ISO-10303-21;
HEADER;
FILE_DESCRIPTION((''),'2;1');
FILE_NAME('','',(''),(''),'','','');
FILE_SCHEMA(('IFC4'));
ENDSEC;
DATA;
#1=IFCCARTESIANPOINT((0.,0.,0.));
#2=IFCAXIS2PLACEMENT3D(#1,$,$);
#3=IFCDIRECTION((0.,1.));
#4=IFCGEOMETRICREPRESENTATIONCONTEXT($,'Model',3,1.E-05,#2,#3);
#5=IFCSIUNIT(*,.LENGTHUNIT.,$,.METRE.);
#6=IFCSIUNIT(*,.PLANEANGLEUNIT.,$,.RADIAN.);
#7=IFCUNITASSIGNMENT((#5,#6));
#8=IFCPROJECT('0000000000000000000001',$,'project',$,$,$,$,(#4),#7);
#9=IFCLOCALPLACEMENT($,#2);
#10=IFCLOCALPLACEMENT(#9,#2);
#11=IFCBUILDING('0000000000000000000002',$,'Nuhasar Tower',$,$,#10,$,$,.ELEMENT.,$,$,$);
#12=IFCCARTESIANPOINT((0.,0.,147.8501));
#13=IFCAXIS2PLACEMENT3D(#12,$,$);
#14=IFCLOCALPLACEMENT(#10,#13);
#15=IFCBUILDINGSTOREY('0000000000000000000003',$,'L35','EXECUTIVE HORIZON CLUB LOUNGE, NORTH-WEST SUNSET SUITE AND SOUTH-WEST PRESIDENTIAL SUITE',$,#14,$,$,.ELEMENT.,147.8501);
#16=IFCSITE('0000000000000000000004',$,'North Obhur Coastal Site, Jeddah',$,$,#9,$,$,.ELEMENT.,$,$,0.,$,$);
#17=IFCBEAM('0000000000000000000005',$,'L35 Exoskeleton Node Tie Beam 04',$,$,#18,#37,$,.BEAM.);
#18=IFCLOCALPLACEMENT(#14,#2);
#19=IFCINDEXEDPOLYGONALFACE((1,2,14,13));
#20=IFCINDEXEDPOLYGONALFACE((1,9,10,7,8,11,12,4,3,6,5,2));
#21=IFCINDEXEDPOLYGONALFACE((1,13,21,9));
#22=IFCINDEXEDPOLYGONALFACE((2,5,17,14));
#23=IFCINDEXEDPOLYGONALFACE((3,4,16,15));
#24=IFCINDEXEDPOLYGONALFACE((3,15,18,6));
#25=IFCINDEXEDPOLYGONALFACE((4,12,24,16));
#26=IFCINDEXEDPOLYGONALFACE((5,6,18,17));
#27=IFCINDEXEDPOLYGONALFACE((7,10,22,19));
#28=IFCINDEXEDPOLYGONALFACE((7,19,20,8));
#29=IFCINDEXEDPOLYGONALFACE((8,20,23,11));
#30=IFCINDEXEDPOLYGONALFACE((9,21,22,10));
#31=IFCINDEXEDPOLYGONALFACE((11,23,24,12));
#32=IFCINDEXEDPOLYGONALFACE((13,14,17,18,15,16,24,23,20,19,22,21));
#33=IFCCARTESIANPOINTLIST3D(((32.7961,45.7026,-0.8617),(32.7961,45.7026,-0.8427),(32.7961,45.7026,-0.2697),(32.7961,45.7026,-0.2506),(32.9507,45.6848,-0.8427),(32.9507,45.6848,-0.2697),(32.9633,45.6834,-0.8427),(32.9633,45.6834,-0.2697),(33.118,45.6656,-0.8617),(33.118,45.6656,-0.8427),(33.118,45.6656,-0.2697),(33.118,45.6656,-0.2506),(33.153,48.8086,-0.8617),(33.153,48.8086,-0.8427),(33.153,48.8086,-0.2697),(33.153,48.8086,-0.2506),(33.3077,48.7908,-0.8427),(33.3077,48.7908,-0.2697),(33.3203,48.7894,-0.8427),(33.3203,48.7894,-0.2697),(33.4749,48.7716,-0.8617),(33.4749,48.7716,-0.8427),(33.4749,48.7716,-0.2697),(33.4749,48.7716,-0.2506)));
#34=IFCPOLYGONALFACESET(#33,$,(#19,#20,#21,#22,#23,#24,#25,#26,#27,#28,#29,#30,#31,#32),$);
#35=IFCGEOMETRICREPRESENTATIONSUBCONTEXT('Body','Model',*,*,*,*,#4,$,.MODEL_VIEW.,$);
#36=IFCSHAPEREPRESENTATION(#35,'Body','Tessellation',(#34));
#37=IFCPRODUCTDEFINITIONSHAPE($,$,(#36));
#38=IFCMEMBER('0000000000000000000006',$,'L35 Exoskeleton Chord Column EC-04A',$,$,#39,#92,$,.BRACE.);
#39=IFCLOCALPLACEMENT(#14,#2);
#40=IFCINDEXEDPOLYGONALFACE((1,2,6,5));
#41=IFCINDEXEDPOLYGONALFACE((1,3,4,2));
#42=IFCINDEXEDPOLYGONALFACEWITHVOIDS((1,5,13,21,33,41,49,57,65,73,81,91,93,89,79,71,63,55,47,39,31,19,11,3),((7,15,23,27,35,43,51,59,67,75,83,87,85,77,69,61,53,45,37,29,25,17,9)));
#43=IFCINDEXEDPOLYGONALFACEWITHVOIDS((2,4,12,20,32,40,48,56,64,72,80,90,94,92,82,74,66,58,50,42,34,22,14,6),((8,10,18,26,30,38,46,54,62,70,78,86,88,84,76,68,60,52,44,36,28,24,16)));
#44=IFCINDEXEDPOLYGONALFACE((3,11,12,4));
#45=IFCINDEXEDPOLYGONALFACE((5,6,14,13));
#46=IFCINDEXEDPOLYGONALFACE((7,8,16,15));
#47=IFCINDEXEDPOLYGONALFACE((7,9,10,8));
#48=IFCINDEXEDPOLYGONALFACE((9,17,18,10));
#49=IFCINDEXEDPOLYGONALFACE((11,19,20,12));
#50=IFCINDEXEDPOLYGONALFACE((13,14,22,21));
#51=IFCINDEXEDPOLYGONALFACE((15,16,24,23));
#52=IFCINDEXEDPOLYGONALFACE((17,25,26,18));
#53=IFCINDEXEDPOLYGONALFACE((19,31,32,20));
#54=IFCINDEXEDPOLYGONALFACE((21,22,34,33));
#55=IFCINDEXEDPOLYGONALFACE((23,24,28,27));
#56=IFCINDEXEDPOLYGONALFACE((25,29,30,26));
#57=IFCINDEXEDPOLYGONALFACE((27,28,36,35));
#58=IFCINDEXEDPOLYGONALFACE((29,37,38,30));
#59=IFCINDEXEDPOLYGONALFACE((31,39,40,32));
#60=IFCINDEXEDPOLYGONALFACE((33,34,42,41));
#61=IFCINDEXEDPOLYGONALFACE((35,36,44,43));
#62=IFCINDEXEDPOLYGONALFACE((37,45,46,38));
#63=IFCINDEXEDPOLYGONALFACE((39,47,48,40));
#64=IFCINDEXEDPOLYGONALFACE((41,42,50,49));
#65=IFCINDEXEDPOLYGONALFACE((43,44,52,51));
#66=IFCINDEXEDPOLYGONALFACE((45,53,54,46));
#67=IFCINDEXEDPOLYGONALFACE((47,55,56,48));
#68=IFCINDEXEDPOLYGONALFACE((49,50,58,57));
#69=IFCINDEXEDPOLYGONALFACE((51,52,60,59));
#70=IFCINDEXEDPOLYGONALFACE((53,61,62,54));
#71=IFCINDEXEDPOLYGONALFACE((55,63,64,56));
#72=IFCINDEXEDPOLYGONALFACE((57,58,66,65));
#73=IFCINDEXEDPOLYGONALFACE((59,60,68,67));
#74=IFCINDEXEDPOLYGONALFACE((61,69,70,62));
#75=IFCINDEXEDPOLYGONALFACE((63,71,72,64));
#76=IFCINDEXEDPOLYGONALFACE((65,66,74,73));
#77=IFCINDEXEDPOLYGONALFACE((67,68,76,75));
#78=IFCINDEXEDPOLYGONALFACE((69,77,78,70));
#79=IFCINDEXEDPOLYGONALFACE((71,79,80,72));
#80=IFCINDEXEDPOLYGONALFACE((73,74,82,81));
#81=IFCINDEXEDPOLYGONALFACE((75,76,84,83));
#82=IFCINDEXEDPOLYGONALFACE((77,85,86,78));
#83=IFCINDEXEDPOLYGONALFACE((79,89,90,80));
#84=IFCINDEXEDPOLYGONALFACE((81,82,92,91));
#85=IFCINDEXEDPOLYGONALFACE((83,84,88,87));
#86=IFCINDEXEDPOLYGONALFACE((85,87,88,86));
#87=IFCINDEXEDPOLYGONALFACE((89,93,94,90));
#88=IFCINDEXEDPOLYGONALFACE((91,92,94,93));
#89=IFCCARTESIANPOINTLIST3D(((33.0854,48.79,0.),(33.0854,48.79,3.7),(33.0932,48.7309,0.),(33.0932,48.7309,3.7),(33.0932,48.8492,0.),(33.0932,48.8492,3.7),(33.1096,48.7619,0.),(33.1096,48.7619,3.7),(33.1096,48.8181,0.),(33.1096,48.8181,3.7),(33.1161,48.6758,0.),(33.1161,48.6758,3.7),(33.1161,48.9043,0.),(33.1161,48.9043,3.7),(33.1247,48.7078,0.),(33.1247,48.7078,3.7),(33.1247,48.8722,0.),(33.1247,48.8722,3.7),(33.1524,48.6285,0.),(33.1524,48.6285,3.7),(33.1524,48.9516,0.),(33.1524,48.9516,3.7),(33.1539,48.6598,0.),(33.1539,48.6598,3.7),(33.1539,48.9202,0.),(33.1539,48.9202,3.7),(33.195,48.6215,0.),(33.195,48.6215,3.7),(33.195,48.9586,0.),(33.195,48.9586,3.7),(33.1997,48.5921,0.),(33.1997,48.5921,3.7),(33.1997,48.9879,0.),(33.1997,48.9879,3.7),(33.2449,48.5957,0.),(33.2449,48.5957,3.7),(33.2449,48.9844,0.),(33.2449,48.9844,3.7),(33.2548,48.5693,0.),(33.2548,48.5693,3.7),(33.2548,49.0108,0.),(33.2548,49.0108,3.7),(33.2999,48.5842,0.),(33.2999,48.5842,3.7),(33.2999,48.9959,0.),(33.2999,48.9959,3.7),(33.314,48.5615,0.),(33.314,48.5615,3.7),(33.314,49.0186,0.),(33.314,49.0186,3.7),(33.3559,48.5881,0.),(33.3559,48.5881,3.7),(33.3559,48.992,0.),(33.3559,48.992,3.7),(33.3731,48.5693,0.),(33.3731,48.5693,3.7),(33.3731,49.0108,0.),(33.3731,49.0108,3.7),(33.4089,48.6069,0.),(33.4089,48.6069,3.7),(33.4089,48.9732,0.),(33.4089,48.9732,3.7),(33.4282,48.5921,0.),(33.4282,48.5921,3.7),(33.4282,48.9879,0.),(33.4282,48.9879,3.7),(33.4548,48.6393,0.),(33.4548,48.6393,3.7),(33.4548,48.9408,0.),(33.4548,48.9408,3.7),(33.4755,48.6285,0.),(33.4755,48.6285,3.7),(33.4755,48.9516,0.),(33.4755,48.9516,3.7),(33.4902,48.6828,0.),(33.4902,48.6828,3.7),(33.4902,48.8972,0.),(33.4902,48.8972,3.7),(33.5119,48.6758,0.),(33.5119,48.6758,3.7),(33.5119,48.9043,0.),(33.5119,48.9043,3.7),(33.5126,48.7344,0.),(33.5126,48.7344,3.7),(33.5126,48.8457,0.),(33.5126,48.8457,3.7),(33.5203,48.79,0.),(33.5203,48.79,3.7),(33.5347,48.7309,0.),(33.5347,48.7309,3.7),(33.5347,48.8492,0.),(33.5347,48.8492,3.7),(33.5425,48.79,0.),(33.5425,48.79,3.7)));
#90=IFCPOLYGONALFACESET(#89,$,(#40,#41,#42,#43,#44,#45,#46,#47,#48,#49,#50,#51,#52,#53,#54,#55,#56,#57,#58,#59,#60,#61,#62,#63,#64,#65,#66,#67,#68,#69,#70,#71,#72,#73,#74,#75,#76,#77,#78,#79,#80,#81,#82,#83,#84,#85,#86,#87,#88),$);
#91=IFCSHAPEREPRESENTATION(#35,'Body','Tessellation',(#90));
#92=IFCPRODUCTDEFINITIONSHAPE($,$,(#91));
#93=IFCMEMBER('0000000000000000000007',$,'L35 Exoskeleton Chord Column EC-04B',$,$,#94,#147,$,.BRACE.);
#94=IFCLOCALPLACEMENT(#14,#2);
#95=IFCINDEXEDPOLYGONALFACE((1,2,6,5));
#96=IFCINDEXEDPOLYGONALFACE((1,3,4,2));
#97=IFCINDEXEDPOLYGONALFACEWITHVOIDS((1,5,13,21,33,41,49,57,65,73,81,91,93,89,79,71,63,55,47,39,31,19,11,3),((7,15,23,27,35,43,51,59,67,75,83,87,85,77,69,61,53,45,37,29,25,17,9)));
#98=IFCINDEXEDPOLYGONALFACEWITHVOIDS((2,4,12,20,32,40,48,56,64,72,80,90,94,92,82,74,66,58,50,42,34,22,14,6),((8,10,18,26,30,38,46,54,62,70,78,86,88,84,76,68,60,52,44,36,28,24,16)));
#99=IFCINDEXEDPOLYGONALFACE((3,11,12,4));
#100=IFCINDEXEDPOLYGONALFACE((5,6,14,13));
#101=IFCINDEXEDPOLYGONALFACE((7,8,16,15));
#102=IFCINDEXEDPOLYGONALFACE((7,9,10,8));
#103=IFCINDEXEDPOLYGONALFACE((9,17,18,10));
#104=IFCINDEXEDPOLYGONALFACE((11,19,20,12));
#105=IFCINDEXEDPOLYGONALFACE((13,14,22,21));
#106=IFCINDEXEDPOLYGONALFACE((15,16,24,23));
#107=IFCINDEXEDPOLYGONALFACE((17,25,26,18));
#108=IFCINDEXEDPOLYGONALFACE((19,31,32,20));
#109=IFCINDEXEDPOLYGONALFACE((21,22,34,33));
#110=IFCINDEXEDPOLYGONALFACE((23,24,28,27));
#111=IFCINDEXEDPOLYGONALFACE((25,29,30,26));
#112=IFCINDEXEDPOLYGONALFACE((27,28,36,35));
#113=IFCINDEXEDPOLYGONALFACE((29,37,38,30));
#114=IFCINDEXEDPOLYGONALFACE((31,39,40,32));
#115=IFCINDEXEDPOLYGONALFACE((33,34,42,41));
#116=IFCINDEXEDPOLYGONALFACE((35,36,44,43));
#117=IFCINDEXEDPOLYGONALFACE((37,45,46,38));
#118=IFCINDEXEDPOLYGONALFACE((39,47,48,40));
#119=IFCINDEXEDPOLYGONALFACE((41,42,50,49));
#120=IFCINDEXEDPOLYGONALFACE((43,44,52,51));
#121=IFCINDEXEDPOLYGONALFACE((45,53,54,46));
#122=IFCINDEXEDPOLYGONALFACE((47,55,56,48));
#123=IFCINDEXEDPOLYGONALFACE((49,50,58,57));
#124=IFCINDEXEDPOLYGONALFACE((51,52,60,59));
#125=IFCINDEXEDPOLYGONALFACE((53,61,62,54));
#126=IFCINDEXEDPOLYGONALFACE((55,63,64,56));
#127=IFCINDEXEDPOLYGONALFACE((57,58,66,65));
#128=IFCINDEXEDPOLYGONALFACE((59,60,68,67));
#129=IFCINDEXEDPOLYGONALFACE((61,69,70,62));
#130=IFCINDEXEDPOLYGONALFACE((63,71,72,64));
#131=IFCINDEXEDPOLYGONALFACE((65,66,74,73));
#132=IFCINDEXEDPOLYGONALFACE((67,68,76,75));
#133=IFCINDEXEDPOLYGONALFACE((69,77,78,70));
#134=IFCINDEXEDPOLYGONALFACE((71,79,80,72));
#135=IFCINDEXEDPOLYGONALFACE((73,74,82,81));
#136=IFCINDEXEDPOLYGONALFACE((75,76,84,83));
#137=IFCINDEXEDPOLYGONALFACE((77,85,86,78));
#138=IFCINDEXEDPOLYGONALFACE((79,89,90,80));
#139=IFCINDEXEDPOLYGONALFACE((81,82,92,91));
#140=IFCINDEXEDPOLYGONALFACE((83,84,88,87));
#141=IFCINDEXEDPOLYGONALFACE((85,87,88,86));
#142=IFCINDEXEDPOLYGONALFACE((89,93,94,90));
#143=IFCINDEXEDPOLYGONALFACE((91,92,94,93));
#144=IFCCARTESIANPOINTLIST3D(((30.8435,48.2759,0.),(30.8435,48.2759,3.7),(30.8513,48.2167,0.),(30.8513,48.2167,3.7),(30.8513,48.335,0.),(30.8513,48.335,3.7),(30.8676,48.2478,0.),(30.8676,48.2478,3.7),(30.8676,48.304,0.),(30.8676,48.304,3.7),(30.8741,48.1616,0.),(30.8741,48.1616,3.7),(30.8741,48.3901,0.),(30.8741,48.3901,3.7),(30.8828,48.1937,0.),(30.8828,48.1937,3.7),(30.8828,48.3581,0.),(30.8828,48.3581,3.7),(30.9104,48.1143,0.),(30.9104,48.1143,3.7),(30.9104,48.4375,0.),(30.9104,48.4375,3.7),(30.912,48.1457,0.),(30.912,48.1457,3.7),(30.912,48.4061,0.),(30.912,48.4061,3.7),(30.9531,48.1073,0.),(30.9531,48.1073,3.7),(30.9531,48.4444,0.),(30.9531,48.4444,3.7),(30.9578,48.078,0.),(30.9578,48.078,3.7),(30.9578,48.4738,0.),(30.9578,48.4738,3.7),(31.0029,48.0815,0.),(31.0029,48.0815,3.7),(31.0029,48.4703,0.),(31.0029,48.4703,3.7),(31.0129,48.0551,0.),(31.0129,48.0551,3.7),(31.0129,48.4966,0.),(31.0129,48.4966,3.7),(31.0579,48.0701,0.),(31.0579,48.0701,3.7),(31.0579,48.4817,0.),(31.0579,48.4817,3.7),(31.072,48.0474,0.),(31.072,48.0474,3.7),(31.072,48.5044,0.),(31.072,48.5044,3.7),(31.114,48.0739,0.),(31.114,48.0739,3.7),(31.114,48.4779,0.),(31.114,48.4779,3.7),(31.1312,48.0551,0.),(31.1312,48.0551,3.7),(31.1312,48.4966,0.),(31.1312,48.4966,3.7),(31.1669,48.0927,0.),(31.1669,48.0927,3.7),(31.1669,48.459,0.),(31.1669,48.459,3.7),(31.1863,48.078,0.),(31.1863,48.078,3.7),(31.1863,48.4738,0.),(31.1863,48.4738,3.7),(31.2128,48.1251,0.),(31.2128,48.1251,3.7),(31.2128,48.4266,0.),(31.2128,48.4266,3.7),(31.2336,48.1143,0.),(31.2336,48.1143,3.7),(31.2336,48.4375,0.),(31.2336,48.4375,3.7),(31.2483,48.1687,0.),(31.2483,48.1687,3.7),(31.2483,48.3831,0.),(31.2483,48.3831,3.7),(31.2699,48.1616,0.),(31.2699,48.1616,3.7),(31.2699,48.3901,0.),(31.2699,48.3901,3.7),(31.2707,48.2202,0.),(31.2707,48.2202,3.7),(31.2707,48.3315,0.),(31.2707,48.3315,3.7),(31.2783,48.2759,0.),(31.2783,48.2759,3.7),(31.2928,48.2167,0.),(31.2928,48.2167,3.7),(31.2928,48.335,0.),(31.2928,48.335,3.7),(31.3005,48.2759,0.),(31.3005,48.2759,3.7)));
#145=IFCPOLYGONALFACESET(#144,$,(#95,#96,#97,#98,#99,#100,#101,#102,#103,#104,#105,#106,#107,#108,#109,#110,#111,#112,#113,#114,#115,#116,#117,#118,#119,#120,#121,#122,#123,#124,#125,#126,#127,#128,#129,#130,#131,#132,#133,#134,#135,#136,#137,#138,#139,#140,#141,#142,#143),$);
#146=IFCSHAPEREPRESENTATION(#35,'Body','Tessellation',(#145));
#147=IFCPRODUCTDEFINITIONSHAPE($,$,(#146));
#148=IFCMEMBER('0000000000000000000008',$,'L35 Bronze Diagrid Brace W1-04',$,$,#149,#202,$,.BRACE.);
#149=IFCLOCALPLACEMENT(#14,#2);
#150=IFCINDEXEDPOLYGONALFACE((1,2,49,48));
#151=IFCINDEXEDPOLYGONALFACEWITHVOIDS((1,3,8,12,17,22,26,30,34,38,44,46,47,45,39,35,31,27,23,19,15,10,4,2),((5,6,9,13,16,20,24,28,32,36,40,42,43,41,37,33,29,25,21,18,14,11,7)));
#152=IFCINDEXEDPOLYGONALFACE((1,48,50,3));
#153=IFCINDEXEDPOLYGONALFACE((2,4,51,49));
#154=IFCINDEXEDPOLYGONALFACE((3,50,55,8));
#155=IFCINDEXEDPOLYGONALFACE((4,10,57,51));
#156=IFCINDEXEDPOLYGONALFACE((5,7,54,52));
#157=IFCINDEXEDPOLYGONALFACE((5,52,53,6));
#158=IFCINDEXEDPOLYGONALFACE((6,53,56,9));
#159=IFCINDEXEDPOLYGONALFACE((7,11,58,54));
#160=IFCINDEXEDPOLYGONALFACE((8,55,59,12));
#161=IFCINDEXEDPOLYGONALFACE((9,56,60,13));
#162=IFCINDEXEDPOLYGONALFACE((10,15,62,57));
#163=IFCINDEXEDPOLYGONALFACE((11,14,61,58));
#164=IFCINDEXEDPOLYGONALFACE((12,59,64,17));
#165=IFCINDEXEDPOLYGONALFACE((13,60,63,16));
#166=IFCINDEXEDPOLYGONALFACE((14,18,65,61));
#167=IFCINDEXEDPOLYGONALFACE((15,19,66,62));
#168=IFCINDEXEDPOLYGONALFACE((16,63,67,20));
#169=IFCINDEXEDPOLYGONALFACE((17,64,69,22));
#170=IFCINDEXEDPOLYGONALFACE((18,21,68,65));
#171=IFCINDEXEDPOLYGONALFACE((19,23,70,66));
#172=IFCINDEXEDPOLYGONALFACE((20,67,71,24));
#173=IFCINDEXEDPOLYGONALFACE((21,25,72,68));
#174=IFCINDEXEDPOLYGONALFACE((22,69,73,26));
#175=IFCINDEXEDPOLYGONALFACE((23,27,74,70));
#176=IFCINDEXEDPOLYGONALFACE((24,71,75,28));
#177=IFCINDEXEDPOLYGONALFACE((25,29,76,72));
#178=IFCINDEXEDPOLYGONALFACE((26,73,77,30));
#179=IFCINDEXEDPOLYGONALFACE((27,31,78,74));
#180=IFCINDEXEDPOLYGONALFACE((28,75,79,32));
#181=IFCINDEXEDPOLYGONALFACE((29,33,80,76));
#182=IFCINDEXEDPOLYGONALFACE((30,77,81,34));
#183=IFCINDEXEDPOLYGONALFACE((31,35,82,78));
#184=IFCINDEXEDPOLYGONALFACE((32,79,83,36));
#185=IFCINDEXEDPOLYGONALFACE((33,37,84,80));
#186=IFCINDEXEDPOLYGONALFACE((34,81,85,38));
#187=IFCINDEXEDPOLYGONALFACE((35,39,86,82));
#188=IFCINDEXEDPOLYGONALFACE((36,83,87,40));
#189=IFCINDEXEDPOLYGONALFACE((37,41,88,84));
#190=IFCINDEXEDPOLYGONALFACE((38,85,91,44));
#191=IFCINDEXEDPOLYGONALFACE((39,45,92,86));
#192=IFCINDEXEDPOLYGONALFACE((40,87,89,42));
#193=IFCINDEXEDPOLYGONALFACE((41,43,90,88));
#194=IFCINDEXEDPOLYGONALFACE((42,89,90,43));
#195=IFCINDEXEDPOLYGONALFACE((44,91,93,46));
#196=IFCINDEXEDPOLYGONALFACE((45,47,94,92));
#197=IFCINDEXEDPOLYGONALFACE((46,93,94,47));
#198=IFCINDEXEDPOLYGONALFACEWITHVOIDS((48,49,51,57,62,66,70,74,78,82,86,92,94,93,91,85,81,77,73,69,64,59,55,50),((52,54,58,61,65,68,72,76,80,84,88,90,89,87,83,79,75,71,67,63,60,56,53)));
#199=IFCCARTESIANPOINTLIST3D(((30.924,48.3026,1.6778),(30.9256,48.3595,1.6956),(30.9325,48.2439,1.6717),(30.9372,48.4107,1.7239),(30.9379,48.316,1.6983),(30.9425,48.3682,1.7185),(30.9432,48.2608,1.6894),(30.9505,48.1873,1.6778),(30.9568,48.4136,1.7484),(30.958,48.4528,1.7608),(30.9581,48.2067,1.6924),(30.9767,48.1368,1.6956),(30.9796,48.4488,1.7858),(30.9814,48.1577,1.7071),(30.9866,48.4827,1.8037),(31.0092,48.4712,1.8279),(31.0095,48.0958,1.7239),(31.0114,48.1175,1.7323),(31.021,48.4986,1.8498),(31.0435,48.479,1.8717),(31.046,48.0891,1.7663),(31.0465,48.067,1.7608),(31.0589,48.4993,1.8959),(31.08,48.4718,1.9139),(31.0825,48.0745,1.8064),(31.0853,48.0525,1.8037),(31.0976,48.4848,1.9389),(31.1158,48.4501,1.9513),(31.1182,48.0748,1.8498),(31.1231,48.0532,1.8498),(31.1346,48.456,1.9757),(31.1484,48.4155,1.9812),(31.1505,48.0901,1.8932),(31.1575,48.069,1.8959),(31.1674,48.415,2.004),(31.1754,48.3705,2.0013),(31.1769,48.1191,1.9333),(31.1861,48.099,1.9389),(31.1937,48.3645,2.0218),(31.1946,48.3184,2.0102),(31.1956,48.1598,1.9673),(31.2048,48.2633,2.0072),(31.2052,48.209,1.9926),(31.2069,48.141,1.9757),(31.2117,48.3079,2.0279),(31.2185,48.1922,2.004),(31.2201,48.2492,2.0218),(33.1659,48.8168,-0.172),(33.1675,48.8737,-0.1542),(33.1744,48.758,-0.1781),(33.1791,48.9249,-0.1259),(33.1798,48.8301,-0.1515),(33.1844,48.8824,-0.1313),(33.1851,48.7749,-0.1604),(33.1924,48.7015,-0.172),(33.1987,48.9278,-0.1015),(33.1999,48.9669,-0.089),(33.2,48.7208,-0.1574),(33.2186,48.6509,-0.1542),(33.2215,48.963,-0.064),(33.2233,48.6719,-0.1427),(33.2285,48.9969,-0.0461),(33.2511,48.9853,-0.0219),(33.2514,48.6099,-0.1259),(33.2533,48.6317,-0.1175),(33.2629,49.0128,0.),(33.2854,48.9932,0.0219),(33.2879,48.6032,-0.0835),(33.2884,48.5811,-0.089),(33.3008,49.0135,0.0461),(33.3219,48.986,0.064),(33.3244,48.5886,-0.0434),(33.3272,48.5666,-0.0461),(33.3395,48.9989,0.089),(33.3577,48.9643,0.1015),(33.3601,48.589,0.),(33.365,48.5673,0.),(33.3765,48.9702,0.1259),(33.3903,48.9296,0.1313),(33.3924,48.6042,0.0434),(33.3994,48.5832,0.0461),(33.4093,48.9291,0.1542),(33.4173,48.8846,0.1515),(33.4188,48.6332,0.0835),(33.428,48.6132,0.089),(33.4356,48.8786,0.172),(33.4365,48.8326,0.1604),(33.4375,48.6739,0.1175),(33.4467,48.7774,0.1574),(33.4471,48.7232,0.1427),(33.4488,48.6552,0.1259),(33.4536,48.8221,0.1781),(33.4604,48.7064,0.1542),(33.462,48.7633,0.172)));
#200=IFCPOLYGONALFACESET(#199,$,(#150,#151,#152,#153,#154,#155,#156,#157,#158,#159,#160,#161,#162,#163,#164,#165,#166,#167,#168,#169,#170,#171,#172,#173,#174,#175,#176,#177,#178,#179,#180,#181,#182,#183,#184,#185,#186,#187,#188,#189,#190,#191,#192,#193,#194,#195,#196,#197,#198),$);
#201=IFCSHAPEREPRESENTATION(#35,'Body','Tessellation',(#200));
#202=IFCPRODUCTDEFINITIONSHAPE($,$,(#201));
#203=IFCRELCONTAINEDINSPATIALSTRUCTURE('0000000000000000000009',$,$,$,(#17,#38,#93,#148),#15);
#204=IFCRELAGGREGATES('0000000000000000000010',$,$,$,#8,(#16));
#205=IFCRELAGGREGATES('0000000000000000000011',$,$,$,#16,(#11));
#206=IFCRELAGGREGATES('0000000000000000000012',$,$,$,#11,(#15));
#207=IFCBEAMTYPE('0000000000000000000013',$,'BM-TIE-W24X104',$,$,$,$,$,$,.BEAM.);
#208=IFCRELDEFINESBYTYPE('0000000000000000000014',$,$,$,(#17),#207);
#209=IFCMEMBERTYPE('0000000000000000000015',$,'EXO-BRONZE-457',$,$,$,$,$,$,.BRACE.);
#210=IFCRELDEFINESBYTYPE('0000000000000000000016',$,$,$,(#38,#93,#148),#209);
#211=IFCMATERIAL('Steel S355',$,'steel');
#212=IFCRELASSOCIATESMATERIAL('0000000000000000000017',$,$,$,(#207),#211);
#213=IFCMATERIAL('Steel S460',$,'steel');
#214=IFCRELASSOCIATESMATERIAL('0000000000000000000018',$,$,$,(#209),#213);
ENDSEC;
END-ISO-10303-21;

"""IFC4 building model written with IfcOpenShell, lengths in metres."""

from ifc_helpers import new_model, si_unit, direction, frame, origin, origin_2d, place, context, subcontext, project, spatial, hollow_circle, i_section, extrude, material, material_profile, profile_set, type_object, element, save


model = new_model("IFC4")

# Units and contexts
model_context = context("Model", 3, precision=1e-05, world=origin(), true_north=direction((0.0, 1.0)))
body_context = subcontext(model_context, "Body", "Model", "MODEL_VIEW")
ifc_project = project(units=[si_unit("LENGTHUNIT", "METRE"), si_unit("PLANEANGLEUNIT", "RADIAN")], contexts=[model_context])

# Site, building, storey
site_placement = place(None, origin())
site = spatial("IfcSite", under=ifc_project, at=site_placement, Name="North Obhur Coastal Site, Jeddah", CompositionType="ELEMENT", RefElevation=0.0)
building_placement = place(site_placement, origin())
building = spatial("IfcBuilding", under=site, at=building_placement, Name="Nuhasar Tower", CompositionType="ELEMENT")
storey_placement = place(building_placement, frame((0.0, 0.0, 147.8501)))
storey = spatial("IfcBuildingStorey", under=building, at=storey_placement, Name="L35", Description="EXECUTIVE HORIZON CLUB LOUNGE, NORTH-WEST SUNSET SUITE AND SOUTH-WEST PRESIDENTIAL SUITE", CompositionType="ELEMENT", Elevation=147.8501)

# Beam
ifc_material_1 = material(Name="Steel S355", Category="steel")
ifc_material_profile_1 = material_profile(ifc_material_1, i_section(OverallWidth=0.324, OverallDepth=0.6111, WebThickness=0.0127, FlangeThickness=0.019, at=origin_2d()), Name="W24X104")
ifc_profile_set_1 = profile_set([ifc_material_profile_1], Name="Steel S355")
beam_type_1 = type_object("IfcBeamType", Name="BM-TIE-W24X104", PredefinedType="BEAM", material=ifc_profile_set_1)
beam_1_placement = place(storey_placement, frame((32.957, 45.6841, -0.5562), z_axis=(0.114168, 0.993461, 0.0), x_axis=(-0.993461, 0.114168, 0.0)))
element("IfcBeam", 1, at=beam_1_placement, inside=storey, type_object=beam_type_1, Name="L35 Exoskeleton Node Tie Beam 04", PredefinedType="BEAM", context=body_context, shape_type="SweptSolid", body=[
    extrude(i_section(OverallWidth=0.324, OverallDepth=0.6111, WebThickness=0.0127, FlangeThickness=0.019, at=origin_2d()), origin(), (0.0, 0.0, 1.0), 3.1265),
])

# Members
ifc_material_2 = material(Name="Steel S460", Category="steel")
ifc_material_profile_2 = material_profile(ifc_material_2, hollow_circle(Radius=0.2285, WallThickness=0.0222, at=origin_2d()), Name="HSS457X22.2")
ifc_profile_set_2 = profile_set([ifc_material_profile_2], Name="Steel S460")
member_type = type_object("IfcMemberType", Name="EXO-BRONZE-457", PredefinedType="BRACE", material=ifc_profile_set_2)
for number, where, z_axis, x_axis, name in (
    (2, (33.314, 48.79, 0.0), (0.0, 0.0, 1.0), (1.0, 0.0, 0.0), "L35 Exoskeleton Chord Column EC-04A"),
    (3, (31.072, 48.2759, 0.0), (0.0, 0.0, 1.0), (1.0, 0.0, 0.0), "L35 Exoskeleton Chord Column EC-04B"),
):
    element("IfcMember", number, at=place(storey_placement, frame(where, z_axis=z_axis, x_axis=x_axis)), inside=storey, type_object=member_type, Name=name, PredefinedType="BRACE", context=body_context, shape_type="SweptSolid", body=[
        extrude(hollow_circle(Radius=0.2285, WallThickness=0.0222, at=origin_2d()), origin(), (0.0, 0.0, 1.0), 3.7),
    ])
member_1_placement = place(storey_placement, frame((33.314, 48.79, 0.0), z_axis=(-0.759539, -0.17419, 0.626704), x_axis=(0.223534, -0.974696, 0.0)))
element("IfcMember", 4, at=member_1_placement, inside=storey, type_object=member_type, Name="L35 Bronze Diagrid Brace W1-04", PredefinedType="BRACE", context=body_context, shape_type="SweptSolid", body=[
    extrude(hollow_circle(Radius=0.2285, WallThickness=0.0222, at=origin_2d()), origin(), (0.0, 0.0, 1.0), 2.9517),
])

save(model, "model.ifc")
